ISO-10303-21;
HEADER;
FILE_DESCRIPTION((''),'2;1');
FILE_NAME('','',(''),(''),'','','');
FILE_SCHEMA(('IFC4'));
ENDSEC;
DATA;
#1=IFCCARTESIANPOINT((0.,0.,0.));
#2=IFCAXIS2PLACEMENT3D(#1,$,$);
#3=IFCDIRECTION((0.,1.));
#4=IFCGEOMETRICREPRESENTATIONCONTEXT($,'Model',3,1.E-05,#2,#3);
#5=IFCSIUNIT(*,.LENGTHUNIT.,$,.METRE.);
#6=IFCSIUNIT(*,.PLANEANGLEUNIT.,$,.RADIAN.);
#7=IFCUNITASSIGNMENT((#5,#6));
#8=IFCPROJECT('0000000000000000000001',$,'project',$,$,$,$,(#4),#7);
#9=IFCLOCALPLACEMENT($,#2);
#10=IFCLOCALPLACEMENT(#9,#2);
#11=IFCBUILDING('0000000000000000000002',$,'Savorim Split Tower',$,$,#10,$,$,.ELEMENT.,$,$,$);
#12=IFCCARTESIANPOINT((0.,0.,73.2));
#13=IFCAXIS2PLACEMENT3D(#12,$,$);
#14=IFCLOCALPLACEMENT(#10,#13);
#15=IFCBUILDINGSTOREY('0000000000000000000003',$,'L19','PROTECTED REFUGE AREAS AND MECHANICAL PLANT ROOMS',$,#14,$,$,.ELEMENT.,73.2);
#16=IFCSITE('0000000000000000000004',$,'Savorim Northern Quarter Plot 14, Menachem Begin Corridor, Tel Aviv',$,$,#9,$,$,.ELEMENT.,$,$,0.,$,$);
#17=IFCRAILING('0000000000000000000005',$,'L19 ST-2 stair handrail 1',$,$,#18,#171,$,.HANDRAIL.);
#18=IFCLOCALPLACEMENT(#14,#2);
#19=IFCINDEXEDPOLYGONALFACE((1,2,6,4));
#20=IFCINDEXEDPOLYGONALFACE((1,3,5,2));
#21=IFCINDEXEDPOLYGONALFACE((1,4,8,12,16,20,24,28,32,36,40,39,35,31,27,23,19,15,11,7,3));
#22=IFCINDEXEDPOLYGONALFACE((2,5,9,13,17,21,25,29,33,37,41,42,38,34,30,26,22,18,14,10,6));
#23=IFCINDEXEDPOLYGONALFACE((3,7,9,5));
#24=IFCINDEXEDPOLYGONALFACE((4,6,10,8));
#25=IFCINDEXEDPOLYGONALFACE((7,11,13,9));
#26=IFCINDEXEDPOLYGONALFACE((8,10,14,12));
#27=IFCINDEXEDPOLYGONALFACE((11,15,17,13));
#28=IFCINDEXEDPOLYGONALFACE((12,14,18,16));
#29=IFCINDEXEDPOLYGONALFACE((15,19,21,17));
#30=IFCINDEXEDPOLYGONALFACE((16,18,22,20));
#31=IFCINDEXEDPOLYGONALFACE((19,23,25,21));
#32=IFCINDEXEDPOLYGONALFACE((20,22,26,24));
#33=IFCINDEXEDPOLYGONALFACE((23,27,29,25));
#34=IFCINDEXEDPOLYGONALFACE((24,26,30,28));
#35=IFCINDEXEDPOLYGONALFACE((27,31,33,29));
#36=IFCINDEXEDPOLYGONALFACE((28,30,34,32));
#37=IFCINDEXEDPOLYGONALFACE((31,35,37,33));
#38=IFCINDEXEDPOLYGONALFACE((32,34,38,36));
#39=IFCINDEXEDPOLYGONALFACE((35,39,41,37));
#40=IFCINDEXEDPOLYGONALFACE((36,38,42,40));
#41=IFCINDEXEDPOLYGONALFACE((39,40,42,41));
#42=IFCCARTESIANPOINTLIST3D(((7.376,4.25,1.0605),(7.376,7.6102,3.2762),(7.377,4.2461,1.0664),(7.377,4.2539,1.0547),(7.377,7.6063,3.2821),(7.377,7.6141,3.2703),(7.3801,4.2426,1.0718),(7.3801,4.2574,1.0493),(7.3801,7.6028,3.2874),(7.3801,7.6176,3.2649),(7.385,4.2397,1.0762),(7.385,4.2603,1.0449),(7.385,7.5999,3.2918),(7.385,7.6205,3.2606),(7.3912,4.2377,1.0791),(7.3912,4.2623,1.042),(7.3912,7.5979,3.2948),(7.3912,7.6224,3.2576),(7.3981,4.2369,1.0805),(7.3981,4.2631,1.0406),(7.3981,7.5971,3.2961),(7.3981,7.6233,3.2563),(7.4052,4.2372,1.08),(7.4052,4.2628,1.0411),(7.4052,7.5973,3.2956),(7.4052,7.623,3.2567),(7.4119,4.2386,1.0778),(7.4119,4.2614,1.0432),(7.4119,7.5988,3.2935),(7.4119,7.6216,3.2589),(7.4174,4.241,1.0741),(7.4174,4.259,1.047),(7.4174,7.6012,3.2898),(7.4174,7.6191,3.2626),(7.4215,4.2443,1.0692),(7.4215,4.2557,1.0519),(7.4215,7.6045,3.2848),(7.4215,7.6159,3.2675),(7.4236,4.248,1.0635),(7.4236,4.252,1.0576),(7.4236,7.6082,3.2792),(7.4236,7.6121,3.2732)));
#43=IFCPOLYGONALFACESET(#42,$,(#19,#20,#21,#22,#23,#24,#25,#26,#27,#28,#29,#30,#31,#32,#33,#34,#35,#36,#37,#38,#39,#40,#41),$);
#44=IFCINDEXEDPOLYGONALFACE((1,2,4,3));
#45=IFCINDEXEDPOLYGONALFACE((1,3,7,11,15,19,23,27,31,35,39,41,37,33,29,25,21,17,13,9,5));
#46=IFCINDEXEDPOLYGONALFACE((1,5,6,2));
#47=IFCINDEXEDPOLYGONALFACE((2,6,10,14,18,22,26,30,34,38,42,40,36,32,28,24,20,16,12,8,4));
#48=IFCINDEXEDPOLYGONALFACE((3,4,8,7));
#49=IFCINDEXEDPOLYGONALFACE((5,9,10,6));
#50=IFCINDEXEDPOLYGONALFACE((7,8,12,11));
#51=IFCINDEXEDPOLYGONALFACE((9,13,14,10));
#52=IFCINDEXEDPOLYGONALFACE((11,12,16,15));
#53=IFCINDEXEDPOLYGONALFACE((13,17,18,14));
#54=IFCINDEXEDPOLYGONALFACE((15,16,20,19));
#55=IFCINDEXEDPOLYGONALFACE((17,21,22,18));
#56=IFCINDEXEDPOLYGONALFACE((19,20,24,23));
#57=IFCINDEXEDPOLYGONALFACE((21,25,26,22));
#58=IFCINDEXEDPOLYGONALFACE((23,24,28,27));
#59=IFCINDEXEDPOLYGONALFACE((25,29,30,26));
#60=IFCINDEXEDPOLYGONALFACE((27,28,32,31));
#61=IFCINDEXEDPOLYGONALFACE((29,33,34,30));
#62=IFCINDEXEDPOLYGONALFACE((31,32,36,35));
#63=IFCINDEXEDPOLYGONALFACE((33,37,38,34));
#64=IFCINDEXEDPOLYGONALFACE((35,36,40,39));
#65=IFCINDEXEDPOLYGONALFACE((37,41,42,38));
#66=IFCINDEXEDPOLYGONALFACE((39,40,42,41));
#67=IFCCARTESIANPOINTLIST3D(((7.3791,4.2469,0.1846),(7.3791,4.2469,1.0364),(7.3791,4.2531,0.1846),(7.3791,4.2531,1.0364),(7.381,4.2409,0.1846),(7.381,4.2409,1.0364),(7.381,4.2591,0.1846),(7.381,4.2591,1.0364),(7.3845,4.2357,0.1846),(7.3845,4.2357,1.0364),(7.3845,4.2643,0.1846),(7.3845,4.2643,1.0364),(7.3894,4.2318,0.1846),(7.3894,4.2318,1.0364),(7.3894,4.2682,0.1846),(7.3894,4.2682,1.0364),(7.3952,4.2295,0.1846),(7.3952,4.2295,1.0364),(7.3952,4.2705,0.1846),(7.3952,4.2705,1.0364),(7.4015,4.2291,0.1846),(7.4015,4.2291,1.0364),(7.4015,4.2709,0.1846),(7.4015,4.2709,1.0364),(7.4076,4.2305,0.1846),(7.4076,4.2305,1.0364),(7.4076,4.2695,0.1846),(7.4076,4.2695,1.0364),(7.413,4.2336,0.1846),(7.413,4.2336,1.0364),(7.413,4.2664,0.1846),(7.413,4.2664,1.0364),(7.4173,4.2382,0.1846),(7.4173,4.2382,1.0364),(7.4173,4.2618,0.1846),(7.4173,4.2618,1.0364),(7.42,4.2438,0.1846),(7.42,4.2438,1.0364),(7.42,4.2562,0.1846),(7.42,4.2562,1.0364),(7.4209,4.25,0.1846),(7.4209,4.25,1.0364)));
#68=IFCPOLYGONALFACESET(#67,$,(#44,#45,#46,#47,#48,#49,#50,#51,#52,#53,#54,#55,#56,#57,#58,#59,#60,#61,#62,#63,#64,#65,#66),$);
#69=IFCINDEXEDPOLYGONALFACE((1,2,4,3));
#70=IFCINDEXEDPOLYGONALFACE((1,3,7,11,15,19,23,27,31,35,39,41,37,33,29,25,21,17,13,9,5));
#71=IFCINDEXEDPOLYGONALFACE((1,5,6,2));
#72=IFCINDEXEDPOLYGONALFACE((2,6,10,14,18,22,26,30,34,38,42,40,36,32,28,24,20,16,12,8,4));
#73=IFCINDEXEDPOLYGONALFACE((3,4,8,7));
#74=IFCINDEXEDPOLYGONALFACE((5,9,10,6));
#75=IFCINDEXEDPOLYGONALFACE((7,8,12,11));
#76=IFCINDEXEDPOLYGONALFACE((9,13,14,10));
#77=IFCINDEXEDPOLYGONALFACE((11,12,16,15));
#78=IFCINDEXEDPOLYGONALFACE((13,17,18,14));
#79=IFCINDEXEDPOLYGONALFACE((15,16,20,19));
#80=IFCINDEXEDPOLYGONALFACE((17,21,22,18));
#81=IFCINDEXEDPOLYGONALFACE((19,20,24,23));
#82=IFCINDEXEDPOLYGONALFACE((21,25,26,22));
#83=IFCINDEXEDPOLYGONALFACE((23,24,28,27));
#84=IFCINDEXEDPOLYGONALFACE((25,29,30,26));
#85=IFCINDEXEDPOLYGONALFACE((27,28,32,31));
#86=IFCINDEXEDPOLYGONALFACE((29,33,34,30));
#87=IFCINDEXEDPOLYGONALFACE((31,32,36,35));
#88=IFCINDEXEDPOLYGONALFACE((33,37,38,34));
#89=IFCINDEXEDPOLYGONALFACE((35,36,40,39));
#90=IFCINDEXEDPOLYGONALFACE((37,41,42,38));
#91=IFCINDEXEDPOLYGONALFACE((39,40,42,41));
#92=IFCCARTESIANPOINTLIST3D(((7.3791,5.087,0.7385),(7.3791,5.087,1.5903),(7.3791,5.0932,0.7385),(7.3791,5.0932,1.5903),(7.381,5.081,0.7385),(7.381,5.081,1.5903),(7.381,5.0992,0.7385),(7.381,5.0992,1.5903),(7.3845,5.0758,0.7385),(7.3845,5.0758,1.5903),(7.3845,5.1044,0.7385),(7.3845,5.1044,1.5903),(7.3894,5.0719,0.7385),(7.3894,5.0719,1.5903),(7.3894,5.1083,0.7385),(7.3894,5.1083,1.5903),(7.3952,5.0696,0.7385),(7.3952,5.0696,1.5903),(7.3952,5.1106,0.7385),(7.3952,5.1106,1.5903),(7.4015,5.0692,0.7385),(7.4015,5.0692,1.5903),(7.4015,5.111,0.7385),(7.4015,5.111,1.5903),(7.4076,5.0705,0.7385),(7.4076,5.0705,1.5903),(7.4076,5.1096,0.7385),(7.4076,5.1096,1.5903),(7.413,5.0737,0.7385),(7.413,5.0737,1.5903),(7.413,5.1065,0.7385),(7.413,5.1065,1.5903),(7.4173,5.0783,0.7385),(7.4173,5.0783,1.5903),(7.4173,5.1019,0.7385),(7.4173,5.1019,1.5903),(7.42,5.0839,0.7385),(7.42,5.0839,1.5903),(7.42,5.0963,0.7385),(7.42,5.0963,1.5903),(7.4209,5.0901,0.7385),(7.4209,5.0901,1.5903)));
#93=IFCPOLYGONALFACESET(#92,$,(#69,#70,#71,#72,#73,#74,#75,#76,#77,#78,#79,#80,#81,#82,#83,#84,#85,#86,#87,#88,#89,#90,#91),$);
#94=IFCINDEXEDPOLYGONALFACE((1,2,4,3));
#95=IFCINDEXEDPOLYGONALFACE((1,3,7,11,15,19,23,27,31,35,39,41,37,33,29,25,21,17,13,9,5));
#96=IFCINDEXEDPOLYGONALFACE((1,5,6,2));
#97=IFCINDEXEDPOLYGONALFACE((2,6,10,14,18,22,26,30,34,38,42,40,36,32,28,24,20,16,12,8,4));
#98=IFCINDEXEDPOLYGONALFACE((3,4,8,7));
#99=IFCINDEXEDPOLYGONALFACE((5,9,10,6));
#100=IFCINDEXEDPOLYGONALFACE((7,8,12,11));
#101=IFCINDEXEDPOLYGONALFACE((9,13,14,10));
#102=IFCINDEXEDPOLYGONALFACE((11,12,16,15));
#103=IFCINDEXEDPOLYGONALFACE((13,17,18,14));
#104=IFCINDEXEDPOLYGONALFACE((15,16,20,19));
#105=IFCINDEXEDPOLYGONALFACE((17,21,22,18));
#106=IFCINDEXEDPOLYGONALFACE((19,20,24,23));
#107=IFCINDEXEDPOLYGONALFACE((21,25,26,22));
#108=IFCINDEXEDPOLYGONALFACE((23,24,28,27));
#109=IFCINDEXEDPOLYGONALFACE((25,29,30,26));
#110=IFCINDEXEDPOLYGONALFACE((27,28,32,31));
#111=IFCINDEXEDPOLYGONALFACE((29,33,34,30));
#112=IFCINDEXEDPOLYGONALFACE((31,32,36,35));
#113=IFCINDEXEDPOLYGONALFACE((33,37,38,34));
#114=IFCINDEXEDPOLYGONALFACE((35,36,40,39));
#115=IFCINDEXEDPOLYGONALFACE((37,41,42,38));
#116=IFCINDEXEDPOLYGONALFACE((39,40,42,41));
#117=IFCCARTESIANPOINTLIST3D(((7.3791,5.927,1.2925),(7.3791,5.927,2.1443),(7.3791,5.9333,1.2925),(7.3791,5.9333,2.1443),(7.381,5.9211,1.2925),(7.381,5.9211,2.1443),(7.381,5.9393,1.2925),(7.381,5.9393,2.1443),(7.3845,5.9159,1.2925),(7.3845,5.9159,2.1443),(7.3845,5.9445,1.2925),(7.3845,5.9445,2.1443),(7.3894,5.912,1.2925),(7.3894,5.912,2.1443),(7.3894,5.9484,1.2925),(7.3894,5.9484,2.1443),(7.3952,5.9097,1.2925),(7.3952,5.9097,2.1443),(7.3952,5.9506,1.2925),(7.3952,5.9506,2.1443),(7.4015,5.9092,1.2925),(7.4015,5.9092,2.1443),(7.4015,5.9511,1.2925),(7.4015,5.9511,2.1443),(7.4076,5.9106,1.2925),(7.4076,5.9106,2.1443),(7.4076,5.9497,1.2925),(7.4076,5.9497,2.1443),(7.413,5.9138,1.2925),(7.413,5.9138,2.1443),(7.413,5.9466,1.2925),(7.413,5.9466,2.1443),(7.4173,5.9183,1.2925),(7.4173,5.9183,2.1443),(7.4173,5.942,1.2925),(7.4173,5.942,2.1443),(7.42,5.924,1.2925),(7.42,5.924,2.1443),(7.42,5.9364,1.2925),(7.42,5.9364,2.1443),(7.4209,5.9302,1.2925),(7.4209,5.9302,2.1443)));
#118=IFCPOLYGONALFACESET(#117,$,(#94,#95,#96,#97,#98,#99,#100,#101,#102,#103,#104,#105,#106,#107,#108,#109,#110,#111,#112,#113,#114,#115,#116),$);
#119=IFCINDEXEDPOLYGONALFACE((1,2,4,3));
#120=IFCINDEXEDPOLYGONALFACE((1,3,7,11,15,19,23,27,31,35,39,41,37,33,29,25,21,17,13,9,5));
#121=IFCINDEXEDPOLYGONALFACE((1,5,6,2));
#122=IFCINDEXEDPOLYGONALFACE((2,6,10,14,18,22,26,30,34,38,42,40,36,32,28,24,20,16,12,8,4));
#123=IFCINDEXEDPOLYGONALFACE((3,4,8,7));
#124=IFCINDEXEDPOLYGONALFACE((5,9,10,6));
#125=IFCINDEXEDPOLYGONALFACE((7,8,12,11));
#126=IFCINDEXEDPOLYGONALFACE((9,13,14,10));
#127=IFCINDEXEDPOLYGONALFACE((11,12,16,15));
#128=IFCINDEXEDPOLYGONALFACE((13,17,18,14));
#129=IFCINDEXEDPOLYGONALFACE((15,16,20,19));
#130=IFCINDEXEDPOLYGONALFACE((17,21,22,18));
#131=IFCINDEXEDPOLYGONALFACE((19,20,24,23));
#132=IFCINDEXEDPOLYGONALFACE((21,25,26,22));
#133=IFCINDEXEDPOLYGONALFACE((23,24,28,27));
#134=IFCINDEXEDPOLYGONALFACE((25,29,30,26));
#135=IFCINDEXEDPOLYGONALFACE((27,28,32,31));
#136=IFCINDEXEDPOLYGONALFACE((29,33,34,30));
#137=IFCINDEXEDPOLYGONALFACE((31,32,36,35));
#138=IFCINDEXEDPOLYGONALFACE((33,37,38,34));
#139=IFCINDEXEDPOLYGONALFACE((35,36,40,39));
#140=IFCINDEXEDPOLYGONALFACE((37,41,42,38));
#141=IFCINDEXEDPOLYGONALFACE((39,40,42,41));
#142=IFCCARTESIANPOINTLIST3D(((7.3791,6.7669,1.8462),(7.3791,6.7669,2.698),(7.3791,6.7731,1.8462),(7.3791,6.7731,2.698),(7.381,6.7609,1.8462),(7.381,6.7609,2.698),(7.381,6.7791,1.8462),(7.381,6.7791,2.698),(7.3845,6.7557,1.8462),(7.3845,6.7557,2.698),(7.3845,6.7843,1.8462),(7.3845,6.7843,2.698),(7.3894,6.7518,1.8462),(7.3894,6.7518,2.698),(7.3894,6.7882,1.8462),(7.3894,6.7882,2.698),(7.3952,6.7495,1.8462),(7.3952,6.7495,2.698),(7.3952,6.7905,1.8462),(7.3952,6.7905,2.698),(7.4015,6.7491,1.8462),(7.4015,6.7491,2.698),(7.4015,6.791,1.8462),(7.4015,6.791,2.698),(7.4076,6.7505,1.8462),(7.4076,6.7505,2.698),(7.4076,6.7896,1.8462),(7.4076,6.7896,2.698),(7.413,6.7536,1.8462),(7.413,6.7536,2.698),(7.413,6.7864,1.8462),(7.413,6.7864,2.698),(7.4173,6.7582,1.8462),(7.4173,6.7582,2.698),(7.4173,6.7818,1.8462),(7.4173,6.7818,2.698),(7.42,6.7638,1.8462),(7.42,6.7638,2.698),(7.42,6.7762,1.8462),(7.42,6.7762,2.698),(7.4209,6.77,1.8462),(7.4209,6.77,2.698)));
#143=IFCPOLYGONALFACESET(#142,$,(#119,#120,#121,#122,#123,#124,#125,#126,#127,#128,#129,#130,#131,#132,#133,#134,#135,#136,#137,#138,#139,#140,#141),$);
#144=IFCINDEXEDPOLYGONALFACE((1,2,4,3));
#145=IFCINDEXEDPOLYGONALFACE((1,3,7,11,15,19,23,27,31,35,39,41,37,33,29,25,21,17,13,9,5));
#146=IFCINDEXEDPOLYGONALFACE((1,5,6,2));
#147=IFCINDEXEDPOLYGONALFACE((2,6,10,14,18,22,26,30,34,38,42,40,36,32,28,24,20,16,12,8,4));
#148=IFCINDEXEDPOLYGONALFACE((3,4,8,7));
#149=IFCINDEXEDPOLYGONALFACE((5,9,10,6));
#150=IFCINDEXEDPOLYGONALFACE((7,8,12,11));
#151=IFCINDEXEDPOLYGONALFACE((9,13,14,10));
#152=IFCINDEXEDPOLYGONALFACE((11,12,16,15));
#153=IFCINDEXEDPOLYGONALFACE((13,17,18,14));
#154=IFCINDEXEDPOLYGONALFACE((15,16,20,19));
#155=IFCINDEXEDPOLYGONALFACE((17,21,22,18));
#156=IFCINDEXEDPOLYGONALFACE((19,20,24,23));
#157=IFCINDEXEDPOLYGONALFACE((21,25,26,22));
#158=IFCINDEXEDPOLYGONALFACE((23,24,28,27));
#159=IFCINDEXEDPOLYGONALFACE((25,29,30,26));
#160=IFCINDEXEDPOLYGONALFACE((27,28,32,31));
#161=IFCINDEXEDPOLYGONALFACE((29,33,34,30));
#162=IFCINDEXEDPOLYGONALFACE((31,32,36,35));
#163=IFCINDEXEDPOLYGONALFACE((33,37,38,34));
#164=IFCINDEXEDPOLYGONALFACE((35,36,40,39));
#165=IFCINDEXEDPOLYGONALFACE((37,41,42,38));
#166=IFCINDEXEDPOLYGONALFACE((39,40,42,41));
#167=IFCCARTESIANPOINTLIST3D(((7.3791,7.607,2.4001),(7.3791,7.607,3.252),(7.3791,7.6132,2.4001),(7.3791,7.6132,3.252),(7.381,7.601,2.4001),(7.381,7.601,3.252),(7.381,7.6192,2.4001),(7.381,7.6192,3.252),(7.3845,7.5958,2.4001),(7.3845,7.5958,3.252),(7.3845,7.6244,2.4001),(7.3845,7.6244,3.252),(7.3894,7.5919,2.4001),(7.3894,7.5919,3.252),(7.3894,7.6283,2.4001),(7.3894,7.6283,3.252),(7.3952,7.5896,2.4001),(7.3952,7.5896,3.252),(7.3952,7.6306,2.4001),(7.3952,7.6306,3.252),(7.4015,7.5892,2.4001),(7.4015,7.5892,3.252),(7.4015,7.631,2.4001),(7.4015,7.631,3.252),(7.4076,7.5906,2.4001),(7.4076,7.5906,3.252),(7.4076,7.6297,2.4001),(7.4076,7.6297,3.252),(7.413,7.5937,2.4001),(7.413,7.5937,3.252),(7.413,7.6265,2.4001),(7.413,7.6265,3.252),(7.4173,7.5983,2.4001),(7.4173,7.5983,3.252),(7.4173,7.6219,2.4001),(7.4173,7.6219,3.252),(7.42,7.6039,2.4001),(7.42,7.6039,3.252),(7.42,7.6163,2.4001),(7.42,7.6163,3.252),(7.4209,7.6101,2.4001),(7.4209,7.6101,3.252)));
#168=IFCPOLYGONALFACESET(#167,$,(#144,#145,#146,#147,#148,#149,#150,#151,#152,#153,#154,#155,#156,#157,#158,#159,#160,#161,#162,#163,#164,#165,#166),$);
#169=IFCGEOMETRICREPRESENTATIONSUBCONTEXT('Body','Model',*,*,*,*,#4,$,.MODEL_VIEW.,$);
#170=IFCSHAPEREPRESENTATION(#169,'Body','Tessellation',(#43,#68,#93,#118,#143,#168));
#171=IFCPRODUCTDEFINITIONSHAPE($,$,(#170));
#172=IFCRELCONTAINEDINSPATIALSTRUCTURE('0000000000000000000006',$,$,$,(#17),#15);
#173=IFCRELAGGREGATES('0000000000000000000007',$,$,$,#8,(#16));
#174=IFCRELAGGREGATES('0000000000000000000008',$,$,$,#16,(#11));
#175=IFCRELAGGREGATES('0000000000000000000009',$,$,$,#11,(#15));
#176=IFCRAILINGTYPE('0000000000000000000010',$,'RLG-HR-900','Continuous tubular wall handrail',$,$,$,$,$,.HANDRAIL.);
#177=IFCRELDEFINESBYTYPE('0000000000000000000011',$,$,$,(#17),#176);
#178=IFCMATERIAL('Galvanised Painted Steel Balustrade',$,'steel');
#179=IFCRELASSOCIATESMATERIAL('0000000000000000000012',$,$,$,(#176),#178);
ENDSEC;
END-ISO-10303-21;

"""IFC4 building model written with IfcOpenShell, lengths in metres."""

from ifc_helpers import new_model, si_unit, direction, frame, origin, origin_2d, place, context, subcontext, project, spatial, circle, extrude, material, type_object, element, save


model = new_model("IFC4")

# Units and contexts
model_context = context("Model", 3, precision=1e-05, world=origin(), true_north=direction((0.0, 1.0)))
body_context = subcontext(model_context, "Body", "Model", "MODEL_VIEW")
ifc_project = project(units=[si_unit("LENGTHUNIT", "METRE"), si_unit("PLANEANGLEUNIT", "RADIAN")], contexts=[model_context])

# Site, building, storey
site_placement = place(None, origin())
site = spatial("IfcSite", under=ifc_project, at=site_placement, Name="Savorim Northern Quarter Plot 14, Menachem Begin Corridor, Tel Aviv", CompositionType="ELEMENT", RefElevation=0.0)
building_placement = place(site_placement, origin())
building = spatial("IfcBuilding", under=site, at=building_placement, Name="Savorim Split Tower", CompositionType="ELEMENT")
storey_placement = place(building_placement, frame((0.0, 0.0, 73.2)))
storey = spatial("IfcBuildingStorey", under=building, at=storey_placement, Name="L19", Description="PROTECTED REFUGE AREAS AND MECHANICAL PLANT ROOMS", CompositionType="ELEMENT", Elevation=73.2)

# Shared definitions
ifc_material_1 = material(Name="Galvanised Painted Steel Balustrade", Category="steel")

# Railing
railing_type_1 = type_object("IfcRailingType", Name="RLG-HR-900", Description="Continuous tubular wall handrail", PredefinedType="HANDRAIL", material=ifc_material_1)
railing_1_placement = place(storey_placement, frame((7.3999, 4.25, 0.1846)))
element("IfcRailing", 1, at=railing_1_placement, inside=storey, type_object=railing_type_1, Name="L19 ST-2 stair handrail 1", PredefinedType="HANDRAIL", context=body_context, shape_type="SweptSolid", body=[
    extrude(circle(Radius=0.0239, at=origin_2d()), frame((0.0, 0.0, 0.876), z_axis=(0.0, 0.834849, 0.55048), x_axis=(-1.0, 0.0, 0.0)), (0.0, 0.0, 1.0), 4.0249),
    extrude(circle(Radius=0.021, at=origin_2d()), origin(), (0.0, 0.0, 1.0), 0.8518),
    extrude(circle(Radius=0.021, at=origin_2d()), frame((0.0, 0.8401, 0.554)), (0.0, 0.0, 1.0), 0.8518),
    extrude(circle(Radius=0.021, at=origin_2d()), frame((0.0, 1.6802, 1.1079)), (0.0, 0.0, 1.0), 0.8518),
    extrude(circle(Radius=0.021, at=origin_2d()), frame((0.0, 2.52, 1.6616)), (0.0, 0.0, 1.0), 0.8518),
    extrude(circle(Radius=0.021, at=origin_2d()), frame((0.0, 3.3601, 2.2156)), (0.0, 0.0, 1.0), 0.8518),
])

save(model, "model.ifc")
